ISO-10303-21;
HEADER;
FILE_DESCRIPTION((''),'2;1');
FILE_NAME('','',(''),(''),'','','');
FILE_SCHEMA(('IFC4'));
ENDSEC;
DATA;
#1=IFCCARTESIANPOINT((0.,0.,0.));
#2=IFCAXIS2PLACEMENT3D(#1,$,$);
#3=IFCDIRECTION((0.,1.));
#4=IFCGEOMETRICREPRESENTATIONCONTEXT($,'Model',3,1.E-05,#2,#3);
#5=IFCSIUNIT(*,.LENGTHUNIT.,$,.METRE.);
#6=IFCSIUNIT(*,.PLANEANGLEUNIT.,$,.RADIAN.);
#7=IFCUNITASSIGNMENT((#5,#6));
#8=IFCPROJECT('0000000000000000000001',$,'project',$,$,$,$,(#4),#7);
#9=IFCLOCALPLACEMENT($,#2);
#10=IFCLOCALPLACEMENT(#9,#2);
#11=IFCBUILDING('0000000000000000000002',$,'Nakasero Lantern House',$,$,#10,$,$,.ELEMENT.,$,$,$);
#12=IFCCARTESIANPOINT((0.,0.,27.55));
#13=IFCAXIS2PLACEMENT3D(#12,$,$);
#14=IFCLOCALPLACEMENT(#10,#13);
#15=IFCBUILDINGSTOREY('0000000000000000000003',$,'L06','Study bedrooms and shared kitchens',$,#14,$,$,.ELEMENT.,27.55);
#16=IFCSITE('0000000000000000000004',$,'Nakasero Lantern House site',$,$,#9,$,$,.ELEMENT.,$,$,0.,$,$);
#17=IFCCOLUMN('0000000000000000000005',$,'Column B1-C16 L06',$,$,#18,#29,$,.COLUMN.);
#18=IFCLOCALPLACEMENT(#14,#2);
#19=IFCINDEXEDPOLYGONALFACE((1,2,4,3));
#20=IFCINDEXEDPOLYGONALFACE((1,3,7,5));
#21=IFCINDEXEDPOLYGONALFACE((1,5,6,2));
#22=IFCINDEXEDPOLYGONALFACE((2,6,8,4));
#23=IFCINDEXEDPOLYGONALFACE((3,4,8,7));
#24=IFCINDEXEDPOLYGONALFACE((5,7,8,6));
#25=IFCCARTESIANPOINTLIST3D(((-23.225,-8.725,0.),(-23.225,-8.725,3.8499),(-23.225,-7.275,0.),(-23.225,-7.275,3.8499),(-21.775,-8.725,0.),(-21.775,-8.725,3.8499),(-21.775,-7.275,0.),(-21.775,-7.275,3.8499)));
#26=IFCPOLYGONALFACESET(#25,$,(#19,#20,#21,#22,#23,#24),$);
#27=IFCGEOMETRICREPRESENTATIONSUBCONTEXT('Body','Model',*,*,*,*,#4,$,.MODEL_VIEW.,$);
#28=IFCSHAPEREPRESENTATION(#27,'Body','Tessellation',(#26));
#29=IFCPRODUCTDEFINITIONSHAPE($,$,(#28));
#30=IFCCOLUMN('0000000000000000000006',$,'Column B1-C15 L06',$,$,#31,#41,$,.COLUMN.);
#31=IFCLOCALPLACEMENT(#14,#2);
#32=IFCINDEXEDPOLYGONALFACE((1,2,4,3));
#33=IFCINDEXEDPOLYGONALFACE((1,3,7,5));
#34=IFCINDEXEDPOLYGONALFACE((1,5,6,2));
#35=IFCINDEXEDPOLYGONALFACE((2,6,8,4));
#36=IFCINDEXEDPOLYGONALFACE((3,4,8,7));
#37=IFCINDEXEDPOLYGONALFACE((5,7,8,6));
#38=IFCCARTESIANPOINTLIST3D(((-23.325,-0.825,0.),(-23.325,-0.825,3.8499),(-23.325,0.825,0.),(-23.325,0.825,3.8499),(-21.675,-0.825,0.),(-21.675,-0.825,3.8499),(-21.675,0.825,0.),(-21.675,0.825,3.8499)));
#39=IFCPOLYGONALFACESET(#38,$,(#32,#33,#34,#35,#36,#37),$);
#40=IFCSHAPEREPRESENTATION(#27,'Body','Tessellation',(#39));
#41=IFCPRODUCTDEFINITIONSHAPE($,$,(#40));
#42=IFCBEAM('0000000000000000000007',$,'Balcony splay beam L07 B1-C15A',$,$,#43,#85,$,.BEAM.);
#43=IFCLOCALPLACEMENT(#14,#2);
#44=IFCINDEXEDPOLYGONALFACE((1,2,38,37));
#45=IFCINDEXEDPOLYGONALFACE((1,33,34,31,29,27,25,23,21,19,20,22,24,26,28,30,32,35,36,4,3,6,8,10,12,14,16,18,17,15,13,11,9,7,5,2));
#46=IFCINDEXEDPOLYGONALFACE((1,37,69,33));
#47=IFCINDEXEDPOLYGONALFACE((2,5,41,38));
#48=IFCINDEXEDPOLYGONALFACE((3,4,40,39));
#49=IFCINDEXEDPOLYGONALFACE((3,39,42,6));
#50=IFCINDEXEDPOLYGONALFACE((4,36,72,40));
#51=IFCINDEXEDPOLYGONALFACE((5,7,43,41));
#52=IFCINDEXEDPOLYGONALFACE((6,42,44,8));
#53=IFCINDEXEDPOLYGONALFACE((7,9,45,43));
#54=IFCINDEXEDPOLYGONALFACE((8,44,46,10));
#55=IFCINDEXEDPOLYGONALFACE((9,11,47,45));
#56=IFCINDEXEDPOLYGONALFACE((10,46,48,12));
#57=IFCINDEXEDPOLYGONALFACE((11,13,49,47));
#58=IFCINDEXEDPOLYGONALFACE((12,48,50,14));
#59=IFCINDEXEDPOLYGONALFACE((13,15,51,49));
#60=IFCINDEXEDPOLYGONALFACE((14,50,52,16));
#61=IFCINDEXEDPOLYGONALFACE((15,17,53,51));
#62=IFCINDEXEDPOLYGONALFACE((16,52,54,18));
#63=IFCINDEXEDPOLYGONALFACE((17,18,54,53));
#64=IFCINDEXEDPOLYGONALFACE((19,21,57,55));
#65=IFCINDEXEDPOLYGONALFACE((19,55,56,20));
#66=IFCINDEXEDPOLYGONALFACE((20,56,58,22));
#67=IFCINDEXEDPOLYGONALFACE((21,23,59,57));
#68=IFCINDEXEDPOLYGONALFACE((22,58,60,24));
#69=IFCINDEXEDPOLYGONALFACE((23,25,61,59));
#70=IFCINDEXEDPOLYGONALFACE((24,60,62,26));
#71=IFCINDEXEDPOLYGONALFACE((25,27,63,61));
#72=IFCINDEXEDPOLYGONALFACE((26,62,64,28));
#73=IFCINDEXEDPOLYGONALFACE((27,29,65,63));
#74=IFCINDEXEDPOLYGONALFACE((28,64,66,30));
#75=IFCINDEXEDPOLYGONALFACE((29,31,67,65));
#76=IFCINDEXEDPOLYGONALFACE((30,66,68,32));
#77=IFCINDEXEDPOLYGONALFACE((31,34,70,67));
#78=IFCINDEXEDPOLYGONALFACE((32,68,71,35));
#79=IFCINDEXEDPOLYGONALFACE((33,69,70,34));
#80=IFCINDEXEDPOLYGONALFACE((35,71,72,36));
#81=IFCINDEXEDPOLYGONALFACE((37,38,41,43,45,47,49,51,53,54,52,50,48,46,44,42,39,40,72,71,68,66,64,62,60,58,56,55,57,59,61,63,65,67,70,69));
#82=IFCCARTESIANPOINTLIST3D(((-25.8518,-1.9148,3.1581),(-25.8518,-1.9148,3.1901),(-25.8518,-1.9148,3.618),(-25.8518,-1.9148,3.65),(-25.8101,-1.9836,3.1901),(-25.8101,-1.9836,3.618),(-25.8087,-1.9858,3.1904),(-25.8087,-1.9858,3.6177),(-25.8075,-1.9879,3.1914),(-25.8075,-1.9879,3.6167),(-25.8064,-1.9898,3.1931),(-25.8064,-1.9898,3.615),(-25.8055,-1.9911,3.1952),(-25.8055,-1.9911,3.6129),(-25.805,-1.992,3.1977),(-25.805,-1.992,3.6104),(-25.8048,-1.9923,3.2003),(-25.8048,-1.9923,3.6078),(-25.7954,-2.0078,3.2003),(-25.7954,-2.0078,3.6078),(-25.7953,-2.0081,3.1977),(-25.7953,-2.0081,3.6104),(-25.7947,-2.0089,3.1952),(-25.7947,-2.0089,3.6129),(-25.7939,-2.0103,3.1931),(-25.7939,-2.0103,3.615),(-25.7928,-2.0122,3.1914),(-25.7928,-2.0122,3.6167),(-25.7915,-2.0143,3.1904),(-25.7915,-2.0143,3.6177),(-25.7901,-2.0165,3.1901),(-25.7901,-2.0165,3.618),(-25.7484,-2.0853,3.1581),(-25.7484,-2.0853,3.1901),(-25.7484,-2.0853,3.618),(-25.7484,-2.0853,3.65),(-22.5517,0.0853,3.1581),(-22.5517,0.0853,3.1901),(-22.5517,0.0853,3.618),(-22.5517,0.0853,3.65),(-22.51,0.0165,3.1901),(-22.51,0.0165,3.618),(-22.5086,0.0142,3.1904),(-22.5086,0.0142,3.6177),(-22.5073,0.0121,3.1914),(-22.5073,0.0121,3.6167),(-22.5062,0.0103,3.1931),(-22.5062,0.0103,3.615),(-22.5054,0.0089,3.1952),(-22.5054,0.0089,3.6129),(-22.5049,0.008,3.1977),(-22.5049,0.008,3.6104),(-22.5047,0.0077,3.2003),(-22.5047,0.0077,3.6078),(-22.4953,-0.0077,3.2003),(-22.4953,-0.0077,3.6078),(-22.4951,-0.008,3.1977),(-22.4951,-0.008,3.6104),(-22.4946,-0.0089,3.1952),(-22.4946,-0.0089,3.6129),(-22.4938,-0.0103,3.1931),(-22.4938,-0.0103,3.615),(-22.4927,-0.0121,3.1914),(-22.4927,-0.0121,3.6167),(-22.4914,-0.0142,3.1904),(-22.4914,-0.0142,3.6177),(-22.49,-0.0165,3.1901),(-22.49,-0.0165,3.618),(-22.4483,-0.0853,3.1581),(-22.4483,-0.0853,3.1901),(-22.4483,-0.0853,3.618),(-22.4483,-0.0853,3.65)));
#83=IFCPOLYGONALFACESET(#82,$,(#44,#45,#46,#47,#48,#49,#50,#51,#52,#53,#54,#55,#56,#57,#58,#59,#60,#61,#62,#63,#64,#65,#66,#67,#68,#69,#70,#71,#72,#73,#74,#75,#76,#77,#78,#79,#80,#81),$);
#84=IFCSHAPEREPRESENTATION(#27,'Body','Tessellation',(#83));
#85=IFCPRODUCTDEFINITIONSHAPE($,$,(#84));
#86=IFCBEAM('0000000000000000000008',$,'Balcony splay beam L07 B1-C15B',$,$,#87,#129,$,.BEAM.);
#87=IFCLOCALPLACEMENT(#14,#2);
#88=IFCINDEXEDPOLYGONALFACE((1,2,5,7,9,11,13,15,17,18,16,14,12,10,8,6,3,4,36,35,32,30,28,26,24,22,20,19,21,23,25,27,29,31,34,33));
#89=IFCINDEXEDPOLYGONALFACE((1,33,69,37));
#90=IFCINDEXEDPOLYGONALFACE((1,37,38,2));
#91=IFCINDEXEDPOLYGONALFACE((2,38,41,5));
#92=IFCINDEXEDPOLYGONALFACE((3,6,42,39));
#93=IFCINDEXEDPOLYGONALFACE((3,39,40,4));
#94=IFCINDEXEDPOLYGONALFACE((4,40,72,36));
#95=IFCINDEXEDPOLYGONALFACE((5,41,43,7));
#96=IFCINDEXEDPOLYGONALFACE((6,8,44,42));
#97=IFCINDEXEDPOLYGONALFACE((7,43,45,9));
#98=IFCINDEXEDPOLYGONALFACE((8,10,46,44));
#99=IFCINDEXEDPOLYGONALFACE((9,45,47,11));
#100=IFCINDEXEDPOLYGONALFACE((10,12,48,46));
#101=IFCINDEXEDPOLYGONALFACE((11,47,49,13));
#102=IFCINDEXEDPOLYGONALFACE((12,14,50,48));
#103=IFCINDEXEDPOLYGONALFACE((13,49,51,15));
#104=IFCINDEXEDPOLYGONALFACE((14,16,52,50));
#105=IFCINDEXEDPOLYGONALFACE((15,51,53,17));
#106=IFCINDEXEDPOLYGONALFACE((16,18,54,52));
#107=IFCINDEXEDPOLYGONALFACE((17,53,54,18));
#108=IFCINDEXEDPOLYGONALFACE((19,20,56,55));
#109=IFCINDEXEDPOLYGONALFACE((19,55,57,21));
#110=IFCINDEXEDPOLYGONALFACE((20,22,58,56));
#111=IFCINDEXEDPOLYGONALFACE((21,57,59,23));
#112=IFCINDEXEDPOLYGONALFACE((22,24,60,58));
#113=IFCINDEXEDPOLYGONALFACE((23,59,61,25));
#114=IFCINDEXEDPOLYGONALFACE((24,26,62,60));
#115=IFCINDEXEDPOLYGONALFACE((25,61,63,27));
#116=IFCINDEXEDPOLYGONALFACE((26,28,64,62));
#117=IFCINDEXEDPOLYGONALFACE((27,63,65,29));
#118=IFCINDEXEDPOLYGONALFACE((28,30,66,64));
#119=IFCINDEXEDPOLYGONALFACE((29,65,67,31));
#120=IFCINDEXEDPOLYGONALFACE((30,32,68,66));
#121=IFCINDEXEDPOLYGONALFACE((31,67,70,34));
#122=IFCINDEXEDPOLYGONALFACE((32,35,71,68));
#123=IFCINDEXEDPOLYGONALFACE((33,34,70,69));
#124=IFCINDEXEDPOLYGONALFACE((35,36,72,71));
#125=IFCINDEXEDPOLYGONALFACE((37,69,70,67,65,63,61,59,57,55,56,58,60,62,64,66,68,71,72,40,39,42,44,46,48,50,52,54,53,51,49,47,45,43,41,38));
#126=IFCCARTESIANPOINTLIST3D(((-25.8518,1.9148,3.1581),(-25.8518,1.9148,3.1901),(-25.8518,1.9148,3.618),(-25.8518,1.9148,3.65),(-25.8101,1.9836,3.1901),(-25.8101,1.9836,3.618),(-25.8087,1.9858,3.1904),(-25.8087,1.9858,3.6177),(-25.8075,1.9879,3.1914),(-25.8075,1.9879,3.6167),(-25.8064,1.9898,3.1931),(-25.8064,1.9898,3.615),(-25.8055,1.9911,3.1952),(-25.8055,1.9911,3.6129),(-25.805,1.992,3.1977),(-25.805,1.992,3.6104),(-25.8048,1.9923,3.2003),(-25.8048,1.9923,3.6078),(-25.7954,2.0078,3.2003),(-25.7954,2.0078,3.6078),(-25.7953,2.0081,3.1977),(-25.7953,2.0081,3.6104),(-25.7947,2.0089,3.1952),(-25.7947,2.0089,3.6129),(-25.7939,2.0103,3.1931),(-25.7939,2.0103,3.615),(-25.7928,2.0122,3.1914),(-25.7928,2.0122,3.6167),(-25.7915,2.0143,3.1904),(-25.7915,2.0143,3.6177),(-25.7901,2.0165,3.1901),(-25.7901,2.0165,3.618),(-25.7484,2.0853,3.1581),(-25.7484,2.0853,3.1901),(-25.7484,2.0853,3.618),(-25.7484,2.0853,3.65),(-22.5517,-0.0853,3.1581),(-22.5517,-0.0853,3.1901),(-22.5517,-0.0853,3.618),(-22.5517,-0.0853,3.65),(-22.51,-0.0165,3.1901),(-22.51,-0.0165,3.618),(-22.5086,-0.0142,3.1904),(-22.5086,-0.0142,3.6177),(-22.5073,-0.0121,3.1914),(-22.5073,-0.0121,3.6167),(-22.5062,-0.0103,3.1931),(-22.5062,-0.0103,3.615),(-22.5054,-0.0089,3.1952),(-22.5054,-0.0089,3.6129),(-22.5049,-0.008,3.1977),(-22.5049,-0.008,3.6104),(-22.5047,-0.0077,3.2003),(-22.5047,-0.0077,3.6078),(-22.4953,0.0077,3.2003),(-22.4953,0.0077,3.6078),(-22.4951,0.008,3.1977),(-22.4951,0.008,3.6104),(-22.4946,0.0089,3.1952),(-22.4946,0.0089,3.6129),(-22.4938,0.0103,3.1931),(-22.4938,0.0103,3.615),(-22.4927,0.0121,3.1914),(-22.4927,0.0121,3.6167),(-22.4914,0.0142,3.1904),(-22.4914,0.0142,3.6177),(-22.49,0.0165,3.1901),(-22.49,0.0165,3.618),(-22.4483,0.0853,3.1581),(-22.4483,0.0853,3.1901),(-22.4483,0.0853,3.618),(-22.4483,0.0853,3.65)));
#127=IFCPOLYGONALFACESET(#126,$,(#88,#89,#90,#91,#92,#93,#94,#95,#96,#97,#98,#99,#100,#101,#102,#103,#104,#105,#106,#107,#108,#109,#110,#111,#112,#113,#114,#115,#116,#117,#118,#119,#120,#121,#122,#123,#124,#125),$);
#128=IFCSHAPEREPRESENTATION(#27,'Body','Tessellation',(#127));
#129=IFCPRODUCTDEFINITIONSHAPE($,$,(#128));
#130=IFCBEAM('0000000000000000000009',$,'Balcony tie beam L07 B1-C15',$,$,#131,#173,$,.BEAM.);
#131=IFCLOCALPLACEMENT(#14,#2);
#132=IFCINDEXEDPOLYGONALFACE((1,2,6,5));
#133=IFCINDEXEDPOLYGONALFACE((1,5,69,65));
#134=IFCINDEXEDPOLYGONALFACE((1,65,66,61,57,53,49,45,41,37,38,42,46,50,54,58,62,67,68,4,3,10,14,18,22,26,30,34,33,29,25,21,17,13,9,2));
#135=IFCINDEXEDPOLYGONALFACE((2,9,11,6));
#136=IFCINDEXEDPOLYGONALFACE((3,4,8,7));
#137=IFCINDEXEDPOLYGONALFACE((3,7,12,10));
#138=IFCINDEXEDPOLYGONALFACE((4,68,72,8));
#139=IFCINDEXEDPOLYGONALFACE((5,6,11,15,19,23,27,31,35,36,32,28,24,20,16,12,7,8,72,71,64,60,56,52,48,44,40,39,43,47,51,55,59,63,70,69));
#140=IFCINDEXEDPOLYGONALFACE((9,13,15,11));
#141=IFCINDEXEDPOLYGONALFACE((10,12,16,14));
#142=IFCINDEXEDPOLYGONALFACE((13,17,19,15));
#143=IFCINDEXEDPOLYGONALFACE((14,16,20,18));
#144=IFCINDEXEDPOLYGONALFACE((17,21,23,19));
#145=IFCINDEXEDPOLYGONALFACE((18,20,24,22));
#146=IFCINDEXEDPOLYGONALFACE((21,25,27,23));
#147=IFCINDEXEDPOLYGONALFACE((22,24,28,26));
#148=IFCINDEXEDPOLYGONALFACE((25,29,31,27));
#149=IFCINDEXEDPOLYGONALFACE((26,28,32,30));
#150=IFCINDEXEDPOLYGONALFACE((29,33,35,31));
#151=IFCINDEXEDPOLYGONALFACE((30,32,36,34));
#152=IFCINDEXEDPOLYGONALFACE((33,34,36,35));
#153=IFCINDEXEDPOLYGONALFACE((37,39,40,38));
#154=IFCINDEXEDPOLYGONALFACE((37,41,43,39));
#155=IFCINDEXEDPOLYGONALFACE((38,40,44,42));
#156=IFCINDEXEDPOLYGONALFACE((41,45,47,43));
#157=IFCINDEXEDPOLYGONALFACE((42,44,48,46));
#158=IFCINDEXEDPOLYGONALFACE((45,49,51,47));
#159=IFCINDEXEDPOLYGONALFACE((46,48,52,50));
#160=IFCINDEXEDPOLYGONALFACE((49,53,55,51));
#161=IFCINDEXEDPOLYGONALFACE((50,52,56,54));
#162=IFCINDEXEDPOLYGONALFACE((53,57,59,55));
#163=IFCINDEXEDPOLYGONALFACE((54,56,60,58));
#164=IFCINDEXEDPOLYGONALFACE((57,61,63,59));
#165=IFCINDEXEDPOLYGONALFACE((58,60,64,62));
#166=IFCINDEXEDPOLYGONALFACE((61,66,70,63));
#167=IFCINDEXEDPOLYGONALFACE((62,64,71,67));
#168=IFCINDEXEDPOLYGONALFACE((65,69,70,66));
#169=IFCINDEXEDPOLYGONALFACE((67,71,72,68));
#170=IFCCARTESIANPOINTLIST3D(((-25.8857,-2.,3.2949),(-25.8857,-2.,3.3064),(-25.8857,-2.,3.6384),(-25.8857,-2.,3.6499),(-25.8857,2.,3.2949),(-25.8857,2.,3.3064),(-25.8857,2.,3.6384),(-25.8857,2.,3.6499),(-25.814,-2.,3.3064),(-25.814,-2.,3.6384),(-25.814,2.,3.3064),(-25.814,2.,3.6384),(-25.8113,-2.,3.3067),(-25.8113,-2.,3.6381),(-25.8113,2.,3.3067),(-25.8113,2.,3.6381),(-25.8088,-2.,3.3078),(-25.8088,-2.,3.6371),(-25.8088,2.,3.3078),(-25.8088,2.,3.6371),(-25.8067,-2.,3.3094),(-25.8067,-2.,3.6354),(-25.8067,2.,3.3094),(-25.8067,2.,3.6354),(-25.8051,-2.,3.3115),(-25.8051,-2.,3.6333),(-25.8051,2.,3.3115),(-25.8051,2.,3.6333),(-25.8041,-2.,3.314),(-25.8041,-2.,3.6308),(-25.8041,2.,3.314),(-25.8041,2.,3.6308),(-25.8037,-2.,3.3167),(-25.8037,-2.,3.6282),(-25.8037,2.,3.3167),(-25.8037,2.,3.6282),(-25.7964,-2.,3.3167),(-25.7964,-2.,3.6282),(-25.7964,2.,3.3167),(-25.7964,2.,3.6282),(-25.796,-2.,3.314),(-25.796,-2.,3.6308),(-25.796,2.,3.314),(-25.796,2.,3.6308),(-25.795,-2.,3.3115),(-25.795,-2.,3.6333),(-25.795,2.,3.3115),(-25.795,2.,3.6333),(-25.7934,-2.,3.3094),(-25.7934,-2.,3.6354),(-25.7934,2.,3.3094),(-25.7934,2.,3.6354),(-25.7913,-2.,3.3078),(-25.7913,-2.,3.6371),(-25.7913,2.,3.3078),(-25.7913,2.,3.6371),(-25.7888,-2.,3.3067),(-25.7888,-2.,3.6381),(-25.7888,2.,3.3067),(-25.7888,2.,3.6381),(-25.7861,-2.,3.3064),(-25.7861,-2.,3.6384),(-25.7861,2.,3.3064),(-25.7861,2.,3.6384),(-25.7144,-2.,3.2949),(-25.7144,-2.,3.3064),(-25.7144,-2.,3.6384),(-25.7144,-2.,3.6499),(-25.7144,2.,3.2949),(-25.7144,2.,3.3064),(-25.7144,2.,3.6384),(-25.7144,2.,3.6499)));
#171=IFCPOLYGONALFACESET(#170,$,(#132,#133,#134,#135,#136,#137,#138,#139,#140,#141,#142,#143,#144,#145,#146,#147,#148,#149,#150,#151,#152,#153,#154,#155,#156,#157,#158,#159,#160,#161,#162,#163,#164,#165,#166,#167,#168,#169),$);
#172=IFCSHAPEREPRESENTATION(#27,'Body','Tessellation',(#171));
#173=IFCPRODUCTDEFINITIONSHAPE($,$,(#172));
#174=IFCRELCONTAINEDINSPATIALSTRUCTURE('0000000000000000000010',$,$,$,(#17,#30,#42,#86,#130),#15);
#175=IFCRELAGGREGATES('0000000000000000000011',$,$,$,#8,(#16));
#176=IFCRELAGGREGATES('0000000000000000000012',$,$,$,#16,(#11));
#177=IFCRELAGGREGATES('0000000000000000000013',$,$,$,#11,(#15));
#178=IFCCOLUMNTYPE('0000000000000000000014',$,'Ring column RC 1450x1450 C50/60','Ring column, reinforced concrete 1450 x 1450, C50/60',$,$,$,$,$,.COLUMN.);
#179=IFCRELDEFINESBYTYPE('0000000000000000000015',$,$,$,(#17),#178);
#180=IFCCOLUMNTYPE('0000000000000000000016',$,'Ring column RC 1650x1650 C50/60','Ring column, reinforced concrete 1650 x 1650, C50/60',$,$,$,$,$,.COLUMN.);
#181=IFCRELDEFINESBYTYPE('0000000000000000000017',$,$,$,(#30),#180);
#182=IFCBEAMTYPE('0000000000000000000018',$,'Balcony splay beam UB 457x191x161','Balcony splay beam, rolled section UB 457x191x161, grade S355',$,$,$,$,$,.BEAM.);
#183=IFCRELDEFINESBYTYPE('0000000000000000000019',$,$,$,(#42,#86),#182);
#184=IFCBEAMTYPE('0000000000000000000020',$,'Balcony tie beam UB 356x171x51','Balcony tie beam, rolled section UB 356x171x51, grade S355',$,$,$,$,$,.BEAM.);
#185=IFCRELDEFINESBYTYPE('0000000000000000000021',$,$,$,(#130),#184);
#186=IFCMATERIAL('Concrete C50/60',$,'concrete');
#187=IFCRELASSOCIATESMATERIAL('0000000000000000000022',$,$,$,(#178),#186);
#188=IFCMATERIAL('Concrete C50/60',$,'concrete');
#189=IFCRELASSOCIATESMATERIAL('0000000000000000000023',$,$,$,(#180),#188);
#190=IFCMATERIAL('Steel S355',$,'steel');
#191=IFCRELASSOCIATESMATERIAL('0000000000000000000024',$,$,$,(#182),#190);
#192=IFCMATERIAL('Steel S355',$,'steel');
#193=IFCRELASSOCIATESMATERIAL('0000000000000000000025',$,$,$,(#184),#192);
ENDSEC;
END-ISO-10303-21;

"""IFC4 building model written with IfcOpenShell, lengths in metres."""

from ifc_helpers import new_model, si_unit, direction, frame, origin, origin_2d, place, context, subcontext, project, spatial, rectangle, i_section, extrude, material, material_profile, profile_set, type_object, element, save


model = new_model("IFC4")

# Units and contexts
model_context = context("Model", 3, precision=1e-05, world=origin(), true_north=direction((0.0, 1.0)))
body_context = subcontext(model_context, "Body", "Model", "MODEL_VIEW")
ifc_project = project(units=[si_unit("LENGTHUNIT", "METRE"), si_unit("PLANEANGLEUNIT", "RADIAN")], contexts=[model_context])

# Site, building, storey
site_placement = place(None, origin())
site = spatial("IfcSite", under=ifc_project, at=site_placement, Name="Nakasero Lantern House site", CompositionType="ELEMENT", RefElevation=0.0)
building_placement = place(site_placement, origin())
building = spatial("IfcBuilding", under=site, at=building_placement, Name="Nakasero Lantern House", CompositionType="ELEMENT")
storey_placement = place(building_placement, frame((0.0, 0.0, 27.55)))
storey = spatial("IfcBuildingStorey", under=building, at=storey_placement, Name="L06", Description="Study bedrooms and shared kitchens", CompositionType="ELEMENT", Elevation=27.55)

# Columns
ifc_material_1 = material(Name="Concrete C50/60", Category="concrete")
ifc_material_profile_1 = material_profile(ifc_material_1, rectangle(XDim=1.45, YDim=1.45, at=origin_2d()), Name="RC 1450x1450")
ifc_profile_set_1 = profile_set([ifc_material_profile_1], Name="Concrete C50/60")
column_type_1 = type_object("IfcColumnType", Name="Ring column RC 1450x1450 C50/60", Description="Ring column, reinforced concrete 1450 x 1450, C50/60", PredefinedType="COLUMN", material=ifc_profile_set_1)
column_1_placement = place(storey_placement, frame((-22.5, -8.0, 0.0), z_axis=(0.0, 0.0, 1.0), x_axis=(1.0, 0.0, 0.0)))
element("IfcColumn", 1, at=column_1_placement, inside=storey, type_object=column_type_1, Name="Column B1-C16 L06", PredefinedType="COLUMN", context=body_context, shape_type="SweptSolid", body=[
    extrude(rectangle(XDim=1.45, YDim=1.45, at=origin_2d()), origin(), (0.0, 0.0, 1.0), 3.8499),
])
ifc_material_2 = material(Name="Concrete C50/60", Category="concrete")
ifc_material_profile_2 = material_profile(ifc_material_2, rectangle(XDim=1.6499, YDim=1.6499, at=origin_2d()), Name="RC 1650x1650")
ifc_profile_set_2 = profile_set([ifc_material_profile_2], Name="Concrete C50/60")
column_type_2 = type_object("IfcColumnType", Name="Ring column RC 1650x1650 C50/60", Description="Ring column, reinforced concrete 1650 x 1650, C50/60", PredefinedType="COLUMN", material=ifc_profile_set_2)
column_2_placement = place(storey_placement, frame((-22.5, 0.0, 0.0), z_axis=(0.0, 0.0, 1.0), x_axis=(1.0, 0.0, 0.0)))
element("IfcColumn", 2, at=column_2_placement, inside=storey, type_object=column_type_2, Name="Column B1-C15 L06", PredefinedType="COLUMN", context=body_context, shape_type="SweptSolid", body=[
    extrude(rectangle(XDim=1.6499, YDim=1.6499, at=origin_2d()), origin(), (0.0, 0.0, 1.0), 3.8499),
])

# Beams
ifc_material_3 = material(Name="Steel S355", Category="steel")
ifc_material_profile_3 = material_profile(ifc_material_3, i_section(OverallWidth=0.1995, OverallDepth=0.4919, WebThickness=0.0181, FlangeThickness=0.032, FilletRadius=0.0103, at=origin_2d()), Name="UB 457x191x161")
ifc_profile_set_3 = profile_set([ifc_material_profile_3], Name="Steel S355")
beam_type_1 = type_object("IfcBeamType", Name="Balcony splay beam UB 457x191x161", Description="Balcony splay beam, rolled section UB 457x191x161, grade S355", PredefinedType="BEAM", material=ifc_profile_set_3)
for number, where, z_axis, x_axis, name in (
    (3, (-22.5, 0.0, 3.4041), (-0.855201, -0.518296, 0.0), (0.518296, -0.855201, 0.0), "Balcony splay beam L07 B1-C15A"),
    (4, (-22.5, 0.0, 3.4041), (-0.855201, 0.518296, 0.0), (-0.518296, -0.855201, 0.0), "Balcony splay beam L07 B1-C15B"),
):
    element("IfcBeam", number, at=place(storey_placement, frame(where, z_axis=z_axis, x_axis=x_axis)), inside=storey, type_object=beam_type_1, Name=name, PredefinedType="BEAM", context=body_context, shape_type="SweptSolid", body=[
        extrude(i_section(OverallWidth=0.1995, OverallDepth=0.4919, WebThickness=0.0181, FlangeThickness=0.032, FilletRadius=0.0103, at=origin_2d()), origin(), (0.0, 0.0, 1.0), 3.8589),
    ])
ifc_material_4 = material(Name="Steel S355", Category="steel")
ifc_material_profile_4 = material_profile(ifc_material_4, i_section(OverallWidth=0.1714, OverallDepth=0.355, WebThickness=0.0073, FlangeThickness=0.0115, FilletRadius=0.0103, at=origin_2d()), Name="UB 356x171x51")
ifc_profile_set_4 = profile_set([ifc_material_profile_4], Name="Steel S355")
beam_type_2 = type_object("IfcBeamType", Name="Balcony tie beam UB 356x171x51", Description="Balcony tie beam, rolled section UB 356x171x51, grade S355", PredefinedType="BEAM", material=ifc_profile_set_4)
beam_1_placement = place(storey_placement, frame((-25.8, -2.0, 3.4724), z_axis=(0.0, 1.0, 0.0), x_axis=(-1.0, 0.0, 0.0)))
element("IfcBeam", 5, at=beam_1_placement, inside=storey, type_object=beam_type_2, Name="Balcony tie beam L07 B1-C15", PredefinedType="BEAM", context=body_context, shape_type="SweptSolid", body=[
    extrude(i_section(OverallWidth=0.1714, OverallDepth=0.355, WebThickness=0.0073, FlangeThickness=0.0115, FilletRadius=0.0103, at=origin_2d()), origin(), (0.0, 0.0, 1.0), 4.0),
])

save(model, "model.ifc")
